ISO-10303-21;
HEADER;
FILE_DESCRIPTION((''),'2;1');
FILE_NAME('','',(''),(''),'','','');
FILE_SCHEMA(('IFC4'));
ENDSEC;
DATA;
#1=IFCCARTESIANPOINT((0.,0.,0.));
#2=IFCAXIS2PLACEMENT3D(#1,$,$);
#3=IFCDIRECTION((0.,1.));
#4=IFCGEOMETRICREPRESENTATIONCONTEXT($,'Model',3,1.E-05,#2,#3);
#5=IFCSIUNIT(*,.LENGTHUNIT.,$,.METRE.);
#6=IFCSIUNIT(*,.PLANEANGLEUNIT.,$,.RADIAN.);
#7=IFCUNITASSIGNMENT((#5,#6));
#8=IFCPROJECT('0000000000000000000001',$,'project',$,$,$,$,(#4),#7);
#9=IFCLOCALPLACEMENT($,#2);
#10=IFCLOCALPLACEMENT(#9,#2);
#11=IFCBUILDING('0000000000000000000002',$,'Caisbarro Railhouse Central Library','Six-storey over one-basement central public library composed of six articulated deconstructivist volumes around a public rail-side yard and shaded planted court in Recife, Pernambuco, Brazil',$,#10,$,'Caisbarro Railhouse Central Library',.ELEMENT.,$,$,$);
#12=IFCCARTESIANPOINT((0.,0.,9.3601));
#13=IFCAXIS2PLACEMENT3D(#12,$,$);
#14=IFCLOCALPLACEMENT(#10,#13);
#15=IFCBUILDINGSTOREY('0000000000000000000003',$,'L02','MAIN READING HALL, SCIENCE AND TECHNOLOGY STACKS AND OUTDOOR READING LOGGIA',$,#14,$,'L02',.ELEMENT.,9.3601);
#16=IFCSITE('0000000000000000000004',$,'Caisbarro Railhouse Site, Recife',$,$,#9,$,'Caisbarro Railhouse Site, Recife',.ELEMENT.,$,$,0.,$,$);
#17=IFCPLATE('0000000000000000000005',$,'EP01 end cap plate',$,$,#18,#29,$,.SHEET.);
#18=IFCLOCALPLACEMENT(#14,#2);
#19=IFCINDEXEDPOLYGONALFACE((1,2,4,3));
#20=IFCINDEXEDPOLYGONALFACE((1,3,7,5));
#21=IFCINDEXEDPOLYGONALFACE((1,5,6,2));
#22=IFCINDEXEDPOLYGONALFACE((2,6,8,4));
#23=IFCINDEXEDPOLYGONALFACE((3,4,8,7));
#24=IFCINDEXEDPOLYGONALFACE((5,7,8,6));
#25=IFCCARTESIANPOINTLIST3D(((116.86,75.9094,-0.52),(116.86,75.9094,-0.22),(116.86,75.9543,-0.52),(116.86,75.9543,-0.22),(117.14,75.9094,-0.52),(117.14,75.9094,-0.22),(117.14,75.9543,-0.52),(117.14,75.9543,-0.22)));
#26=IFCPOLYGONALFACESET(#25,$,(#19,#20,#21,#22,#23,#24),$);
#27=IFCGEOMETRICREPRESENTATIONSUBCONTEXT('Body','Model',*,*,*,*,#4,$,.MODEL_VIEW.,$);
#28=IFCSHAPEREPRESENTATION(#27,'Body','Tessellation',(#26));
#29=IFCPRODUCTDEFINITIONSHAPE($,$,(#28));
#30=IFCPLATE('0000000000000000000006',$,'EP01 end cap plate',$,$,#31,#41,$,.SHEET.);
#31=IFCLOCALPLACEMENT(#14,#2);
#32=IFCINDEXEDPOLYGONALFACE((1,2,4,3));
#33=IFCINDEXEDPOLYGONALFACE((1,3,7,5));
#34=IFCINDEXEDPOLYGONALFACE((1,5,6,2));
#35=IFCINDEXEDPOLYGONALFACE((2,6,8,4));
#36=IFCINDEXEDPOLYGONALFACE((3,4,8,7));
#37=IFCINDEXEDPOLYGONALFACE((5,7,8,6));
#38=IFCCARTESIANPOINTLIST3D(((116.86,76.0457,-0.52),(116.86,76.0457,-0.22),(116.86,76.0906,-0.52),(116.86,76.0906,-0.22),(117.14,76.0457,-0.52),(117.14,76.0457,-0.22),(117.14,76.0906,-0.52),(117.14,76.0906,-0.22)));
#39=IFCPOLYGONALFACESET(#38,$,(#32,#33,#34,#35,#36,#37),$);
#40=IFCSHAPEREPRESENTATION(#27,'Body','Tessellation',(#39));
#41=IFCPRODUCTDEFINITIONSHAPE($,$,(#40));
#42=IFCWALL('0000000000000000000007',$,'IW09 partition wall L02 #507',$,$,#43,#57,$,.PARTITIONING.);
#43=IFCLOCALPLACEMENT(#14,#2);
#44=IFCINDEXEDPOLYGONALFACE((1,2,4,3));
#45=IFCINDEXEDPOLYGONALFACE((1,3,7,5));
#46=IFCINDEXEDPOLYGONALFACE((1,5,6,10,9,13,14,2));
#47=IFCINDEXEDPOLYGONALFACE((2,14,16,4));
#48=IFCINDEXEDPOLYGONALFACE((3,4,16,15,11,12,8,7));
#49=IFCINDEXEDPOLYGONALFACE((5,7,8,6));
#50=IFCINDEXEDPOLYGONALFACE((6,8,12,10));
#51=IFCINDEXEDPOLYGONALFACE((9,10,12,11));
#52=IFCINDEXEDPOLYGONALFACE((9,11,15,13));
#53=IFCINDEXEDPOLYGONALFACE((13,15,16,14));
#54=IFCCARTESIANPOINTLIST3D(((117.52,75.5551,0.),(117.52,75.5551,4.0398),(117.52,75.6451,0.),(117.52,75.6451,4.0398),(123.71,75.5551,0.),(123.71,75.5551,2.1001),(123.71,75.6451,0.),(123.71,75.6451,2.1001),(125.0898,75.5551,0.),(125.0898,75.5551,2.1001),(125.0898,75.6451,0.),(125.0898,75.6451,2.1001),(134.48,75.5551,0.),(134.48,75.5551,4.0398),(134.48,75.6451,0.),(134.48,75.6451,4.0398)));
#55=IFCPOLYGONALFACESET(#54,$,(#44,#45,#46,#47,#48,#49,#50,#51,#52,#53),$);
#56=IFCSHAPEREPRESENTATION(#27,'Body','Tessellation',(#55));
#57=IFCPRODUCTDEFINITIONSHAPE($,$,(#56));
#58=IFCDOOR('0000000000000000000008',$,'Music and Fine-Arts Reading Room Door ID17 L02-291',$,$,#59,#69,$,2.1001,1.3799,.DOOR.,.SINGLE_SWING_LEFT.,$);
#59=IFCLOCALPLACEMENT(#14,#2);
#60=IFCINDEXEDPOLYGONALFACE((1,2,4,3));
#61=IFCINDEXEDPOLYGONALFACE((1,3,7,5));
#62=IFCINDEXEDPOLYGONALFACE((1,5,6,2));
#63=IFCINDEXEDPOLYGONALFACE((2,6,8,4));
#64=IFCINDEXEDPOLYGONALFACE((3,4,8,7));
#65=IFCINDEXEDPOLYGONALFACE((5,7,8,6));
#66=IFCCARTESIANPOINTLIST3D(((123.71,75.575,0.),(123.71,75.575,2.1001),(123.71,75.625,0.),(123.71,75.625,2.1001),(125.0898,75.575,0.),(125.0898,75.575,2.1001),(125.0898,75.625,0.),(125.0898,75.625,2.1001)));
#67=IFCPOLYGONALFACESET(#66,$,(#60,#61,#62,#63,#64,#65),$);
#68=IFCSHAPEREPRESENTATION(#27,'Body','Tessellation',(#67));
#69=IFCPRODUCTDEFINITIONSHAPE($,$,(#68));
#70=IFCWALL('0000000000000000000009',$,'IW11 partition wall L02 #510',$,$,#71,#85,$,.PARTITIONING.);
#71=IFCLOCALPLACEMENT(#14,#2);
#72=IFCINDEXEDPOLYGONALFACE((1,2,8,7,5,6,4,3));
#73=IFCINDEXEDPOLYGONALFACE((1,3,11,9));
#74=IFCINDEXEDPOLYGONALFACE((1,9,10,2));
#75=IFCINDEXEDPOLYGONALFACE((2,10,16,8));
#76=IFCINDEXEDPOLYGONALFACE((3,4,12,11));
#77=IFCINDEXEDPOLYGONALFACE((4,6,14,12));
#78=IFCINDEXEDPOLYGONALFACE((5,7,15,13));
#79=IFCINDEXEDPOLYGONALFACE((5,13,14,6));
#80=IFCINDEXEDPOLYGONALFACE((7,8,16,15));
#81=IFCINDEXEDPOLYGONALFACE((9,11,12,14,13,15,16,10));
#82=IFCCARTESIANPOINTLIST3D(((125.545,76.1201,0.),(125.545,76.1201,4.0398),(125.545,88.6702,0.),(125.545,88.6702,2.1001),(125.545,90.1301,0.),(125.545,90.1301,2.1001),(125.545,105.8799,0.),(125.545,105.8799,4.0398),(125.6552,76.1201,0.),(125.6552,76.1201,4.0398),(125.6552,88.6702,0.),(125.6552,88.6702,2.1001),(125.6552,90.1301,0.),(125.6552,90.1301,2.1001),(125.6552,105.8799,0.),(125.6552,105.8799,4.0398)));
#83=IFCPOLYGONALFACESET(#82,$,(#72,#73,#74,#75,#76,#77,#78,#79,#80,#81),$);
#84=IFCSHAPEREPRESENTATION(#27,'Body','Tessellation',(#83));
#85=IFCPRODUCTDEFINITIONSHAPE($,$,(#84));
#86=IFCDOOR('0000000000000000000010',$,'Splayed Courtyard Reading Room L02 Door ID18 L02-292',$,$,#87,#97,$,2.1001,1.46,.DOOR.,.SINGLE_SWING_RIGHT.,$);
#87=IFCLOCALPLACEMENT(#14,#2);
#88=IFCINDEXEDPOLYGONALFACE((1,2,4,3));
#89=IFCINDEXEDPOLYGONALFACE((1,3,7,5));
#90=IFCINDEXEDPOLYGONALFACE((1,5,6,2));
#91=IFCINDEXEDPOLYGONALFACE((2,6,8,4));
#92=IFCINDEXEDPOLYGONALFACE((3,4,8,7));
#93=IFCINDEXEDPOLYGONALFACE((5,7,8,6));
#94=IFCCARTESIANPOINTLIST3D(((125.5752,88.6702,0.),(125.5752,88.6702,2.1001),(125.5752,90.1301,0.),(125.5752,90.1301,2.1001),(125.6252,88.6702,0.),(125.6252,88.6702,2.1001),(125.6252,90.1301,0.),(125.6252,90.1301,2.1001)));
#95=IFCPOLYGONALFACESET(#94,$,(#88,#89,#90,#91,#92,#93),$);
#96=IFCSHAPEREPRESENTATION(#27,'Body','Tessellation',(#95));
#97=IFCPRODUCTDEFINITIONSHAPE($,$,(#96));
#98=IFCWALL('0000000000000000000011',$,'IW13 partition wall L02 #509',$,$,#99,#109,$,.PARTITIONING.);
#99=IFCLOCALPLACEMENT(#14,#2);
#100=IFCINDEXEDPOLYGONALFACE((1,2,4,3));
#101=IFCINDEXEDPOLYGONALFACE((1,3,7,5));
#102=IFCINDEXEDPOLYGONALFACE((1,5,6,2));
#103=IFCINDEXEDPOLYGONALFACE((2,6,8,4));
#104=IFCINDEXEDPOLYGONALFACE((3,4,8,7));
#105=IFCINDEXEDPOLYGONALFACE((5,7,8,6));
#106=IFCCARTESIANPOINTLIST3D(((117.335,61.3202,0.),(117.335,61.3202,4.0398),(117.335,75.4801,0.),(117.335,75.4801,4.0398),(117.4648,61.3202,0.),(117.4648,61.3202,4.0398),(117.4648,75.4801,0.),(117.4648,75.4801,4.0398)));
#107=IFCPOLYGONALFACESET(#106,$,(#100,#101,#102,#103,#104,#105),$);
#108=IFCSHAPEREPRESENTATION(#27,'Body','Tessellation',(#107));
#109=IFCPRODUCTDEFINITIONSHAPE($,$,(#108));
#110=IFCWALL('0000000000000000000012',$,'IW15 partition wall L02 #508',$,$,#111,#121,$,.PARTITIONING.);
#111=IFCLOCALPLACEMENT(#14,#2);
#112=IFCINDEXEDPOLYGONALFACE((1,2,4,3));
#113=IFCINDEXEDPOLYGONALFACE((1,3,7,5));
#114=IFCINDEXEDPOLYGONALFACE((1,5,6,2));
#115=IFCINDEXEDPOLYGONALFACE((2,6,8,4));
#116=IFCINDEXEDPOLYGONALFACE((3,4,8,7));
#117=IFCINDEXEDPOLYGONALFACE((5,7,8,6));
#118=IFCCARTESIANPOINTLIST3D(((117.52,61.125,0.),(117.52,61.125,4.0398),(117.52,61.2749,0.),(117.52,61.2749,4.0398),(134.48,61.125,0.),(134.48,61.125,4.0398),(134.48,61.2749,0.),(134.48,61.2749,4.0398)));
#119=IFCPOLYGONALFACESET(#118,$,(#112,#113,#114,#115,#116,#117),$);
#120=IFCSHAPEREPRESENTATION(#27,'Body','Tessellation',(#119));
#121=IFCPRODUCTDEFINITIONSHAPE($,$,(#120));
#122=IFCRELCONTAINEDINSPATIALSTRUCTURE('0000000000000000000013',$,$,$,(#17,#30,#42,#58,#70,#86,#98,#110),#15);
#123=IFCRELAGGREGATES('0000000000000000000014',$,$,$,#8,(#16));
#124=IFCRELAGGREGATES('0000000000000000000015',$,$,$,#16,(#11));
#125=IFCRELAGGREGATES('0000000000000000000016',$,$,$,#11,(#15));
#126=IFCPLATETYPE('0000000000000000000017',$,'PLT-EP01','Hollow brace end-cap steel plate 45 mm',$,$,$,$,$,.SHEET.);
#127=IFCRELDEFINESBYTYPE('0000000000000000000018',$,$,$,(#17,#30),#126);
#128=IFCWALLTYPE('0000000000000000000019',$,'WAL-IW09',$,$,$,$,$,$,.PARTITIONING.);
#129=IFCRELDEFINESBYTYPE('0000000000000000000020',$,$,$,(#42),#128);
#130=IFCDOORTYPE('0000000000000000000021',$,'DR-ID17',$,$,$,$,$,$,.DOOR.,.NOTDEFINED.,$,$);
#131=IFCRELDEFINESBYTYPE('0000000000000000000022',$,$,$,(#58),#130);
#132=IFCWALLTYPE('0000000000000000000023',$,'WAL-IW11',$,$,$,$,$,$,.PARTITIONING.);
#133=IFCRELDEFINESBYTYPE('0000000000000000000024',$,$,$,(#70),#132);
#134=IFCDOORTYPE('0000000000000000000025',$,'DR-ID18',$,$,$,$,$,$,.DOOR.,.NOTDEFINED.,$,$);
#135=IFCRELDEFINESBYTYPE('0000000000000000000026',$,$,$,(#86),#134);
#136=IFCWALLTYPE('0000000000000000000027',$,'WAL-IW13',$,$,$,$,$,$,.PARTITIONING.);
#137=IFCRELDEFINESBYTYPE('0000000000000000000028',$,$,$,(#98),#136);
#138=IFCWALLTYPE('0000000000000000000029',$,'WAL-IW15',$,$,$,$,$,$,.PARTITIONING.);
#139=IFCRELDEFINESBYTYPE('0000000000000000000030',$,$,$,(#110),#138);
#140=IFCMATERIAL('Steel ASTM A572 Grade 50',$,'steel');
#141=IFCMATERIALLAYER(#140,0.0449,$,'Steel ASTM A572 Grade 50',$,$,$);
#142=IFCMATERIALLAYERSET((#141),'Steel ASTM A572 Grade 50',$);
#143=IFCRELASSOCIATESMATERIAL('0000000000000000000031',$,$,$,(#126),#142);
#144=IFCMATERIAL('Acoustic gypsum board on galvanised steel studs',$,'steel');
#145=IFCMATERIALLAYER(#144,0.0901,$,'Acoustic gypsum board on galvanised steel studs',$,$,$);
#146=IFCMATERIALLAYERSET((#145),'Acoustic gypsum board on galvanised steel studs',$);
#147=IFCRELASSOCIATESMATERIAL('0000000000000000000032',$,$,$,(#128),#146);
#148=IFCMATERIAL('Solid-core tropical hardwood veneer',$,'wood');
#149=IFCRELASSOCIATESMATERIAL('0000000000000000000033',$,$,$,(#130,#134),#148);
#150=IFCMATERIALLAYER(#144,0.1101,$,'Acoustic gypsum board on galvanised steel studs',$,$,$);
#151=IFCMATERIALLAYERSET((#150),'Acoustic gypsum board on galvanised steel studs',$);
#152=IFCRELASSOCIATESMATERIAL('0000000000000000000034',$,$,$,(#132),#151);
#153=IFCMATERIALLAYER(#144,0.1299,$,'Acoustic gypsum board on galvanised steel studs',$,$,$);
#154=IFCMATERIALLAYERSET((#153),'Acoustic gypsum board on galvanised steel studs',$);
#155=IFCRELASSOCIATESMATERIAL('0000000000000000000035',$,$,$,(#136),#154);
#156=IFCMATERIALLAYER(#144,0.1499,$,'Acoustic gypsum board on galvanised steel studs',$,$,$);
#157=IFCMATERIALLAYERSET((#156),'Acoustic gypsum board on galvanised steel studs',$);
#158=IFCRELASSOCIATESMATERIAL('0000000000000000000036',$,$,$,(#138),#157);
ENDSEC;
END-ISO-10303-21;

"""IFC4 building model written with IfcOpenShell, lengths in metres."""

from ifc_helpers import new_model, si_unit, direction, frame, frame_2d, origin, origin_2d, place, context, subcontext, project, spatial, rectangle, extrude, material, layer, layer_set, type_object, element, fill, save


model = new_model("IFC4")

# Units and contexts
model_context = context("Model", 3, precision=1e-05, world=origin(), true_north=direction((0.0, 1.0)))
body_context = subcontext(model_context, "Body", "Model", "MODEL_VIEW")
ifc_project = project(units=[si_unit("LENGTHUNIT", "METRE"), si_unit("PLANEANGLEUNIT", "RADIAN")], contexts=[model_context])

# Site, building, storey
site_placement = place(None, origin())
site = spatial("IfcSite", under=ifc_project, at=site_placement, Name="Caisbarro Railhouse Site, Recife", LongName="Caisbarro Railhouse Site, Recife", CompositionType="ELEMENT", RefElevation=0.0)
building_placement = place(site_placement, origin())
building = spatial("IfcBuilding", under=site, at=building_placement, Name="Caisbarro Railhouse Central Library", Description="Six-storey over one-basement central public library composed of six articulated deconstructivist volumes around a public rail-side yard and shaded planted court in Recife, Pernambuco, Brazil", LongName="Caisbarro Railhouse Central Library", CompositionType="ELEMENT")
storey_placement = place(building_placement, frame((0.0, 0.0, 9.3601)))
storey = spatial("IfcBuildingStorey", under=building, at=storey_placement, Name="L02", Description="MAIN READING HALL, SCIENCE AND TECHNOLOGY STACKS AND OUTDOOR READING LOGGIA", LongName="L02", CompositionType="ELEMENT", Elevation=9.3601)

# Shared definitions
ifc_material_1 = material(Name="Steel ASTM A572 Grade 50", Category="steel")

# Plates
ifc_layer_1 = layer(ifc_material_1, 0.0449, Name="Steel ASTM A572 Grade 50")
ifc_layer_set_1 = layer_set([ifc_layer_1], Name="Steel ASTM A572 Grade 50")
plate_type = type_object("IfcPlateType", Name="PLT-EP01", Description="Hollow brace end-cap steel plate 45 mm", PredefinedType="SHEET", material=ifc_layer_set_1)
for number, where, z_axis, x_axis, name in (
    (1, (117.0, 75.9319, -0.52), (0.0, 0.0, 1.0), (0.0, 1.0, 0.0), "EP01 end cap plate"),
    (2, (117.0, 76.0681, -0.52), (0.0, 0.0, 1.0), (0.0, 1.0, 0.0), "EP01 end cap plate"),
):
    element("IfcPlate", number, at=place(storey_placement, frame(where, z_axis=z_axis, x_axis=x_axis)), inside=storey, type_object=plate_type, Name=name, PredefinedType="SHEET", context=body_context, shape_type="SweptSolid", body=[
        extrude(rectangle(XDim=0.0449, YDim=0.28, at=origin_2d()), origin(), (0.0, 0.0, 1.0), 0.3),
    ])

# Walls, openings, doors
ifc_material_2 = material(Name="Acoustic gypsum board on galvanised steel studs", Category="steel")
ifc_layer_2 = layer(ifc_material_2, 0.0901, Name="Acoustic gypsum board on galvanised steel studs")
ifc_layer_set_2 = layer_set([ifc_layer_2], Name="Acoustic gypsum board on galvanised steel studs")
wall_type_1 = type_object("IfcWallType", Name="WAL-IW09", PredefinedType="PARTITIONING", material=ifc_layer_set_2)
wall_1_placement = place(storey_placement, frame((117.52, 75.6001, 0.0), z_axis=(0.0, 0.0, 1.0), x_axis=(1.0, 0.0, 0.0)))
wall_1 = element("IfcWall", 3, at=wall_1_placement, inside=storey, type_object=wall_type_1, Name="IW09 partition wall L02 #507", PredefinedType="PARTITIONING", context=body_context, shape_type="SweptSolid", body=[
    extrude(rectangle(XDim=16.96, YDim=0.0901, at=frame_2d((8.48, 0.0))), origin(), (0.0, 0.0, 1.0), 4.0398),
])
opening_1_placement = place(wall_1_placement, frame((6.1899, 0.0, 0.0)))
opening_1 = element("IfcOpeningElement", 4, at=opening_1_placement, cuts=wall_1, PredefinedType="OPENING", context=body_context, shape_type="SweptSolid", body=[
    extrude(rectangle(XDim=1.3799, YDim=2.1001, at=frame_2d((0.6899, 1.05))), frame((0.0, 0.0552, 0.0), z_axis=(0.0, -1.0, 0.0), x_axis=(1.0, 0.0, 0.0)), (0.0, 0.0, 1.0), 0.1101),
])
ifc_material_3 = material(Name="Solid-core tropical hardwood veneer", Category="wood")
door_type_1 = type_object("IfcDoorType", Name="DR-ID17", OperationType="NOTDEFINED", PredefinedType="DOOR", material=ifc_material_3)
door_1_placement = place(opening_1_placement, origin())
door_1 = element("IfcDoor", 5, at=door_1_placement, inside=storey, type_object=door_type_1, Name="Music and Fine-Arts Reading Room Door ID17 L02-291", OperationType="SINGLE_SWING_LEFT", OverallHeight=2.1001, OverallWidth=1.3799, PredefinedType="DOOR", context=body_context, shape_type="SweptSolid", body=[
    extrude(rectangle(XDim=1.3799, YDim=2.1001, at=frame_2d((0.6899, 1.05))), frame((0.0, 0.0249, 0.0), z_axis=(0.0, -1.0, 0.0), x_axis=(1.0, 0.0, 0.0)), (0.0, 0.0, 1.0), 0.05),
])
fill(opening_1, door_1)
ifc_layer_3 = layer(ifc_material_2, 0.1101, Name="Acoustic gypsum board on galvanised steel studs")
ifc_layer_set_3 = layer_set([ifc_layer_3], Name="Acoustic gypsum board on galvanised steel studs")
wall_type_2 = type_object("IfcWallType", Name="WAL-IW11", PredefinedType="PARTITIONING", material=ifc_layer_set_3)
wall_2_placement = place(storey_placement, frame((125.6001, 76.1201, 0.0), z_axis=(0.0, 0.0, 1.0), x_axis=(0.0, 1.0, 0.0)))
wall_2 = element("IfcWall", 6, at=wall_2_placement, inside=storey, type_object=wall_type_2, Name="IW11 partition wall L02 #510", PredefinedType="PARTITIONING", context=body_context, shape_type="SweptSolid", body=[
    extrude(rectangle(XDim=29.7598, YDim=0.1101, at=frame_2d((14.8799, 0.0))), origin(), (0.0, 0.0, 1.0), 4.0398),
])
opening_2_placement = place(wall_2_placement, frame((12.55, 0.0, 0.0)))
opening_2 = element("IfcOpeningElement", 7, at=opening_2_placement, cuts=wall_2, PredefinedType="OPENING", context=body_context, shape_type="SweptSolid", body=[
    extrude(rectangle(XDim=1.46, YDim=2.1001, at=frame_2d((0.73, 1.05))), frame((0.0, 0.0649, 0.0), z_axis=(0.0, -1.0, 0.0), x_axis=(1.0, 0.0, 0.0)), (0.0, 0.0, 1.0), 0.1301),
])
door_type_2 = type_object("IfcDoorType", Name="DR-ID18", OperationType="NOTDEFINED", PredefinedType="DOOR", material=ifc_material_3)
door_2_placement = place(opening_2_placement, origin())
door_2 = element("IfcDoor", 8, at=door_2_placement, inside=storey, type_object=door_type_2, Name="Splayed Courtyard Reading Room L02 Door ID18 L02-292", OperationType="SINGLE_SWING_RIGHT", OverallHeight=2.1001, OverallWidth=1.46, PredefinedType="DOOR", context=body_context, shape_type="SweptSolid", body=[
    extrude(rectangle(XDim=1.46, YDim=2.1001, at=frame_2d((0.73, 1.05))), frame((0.0, 0.0249, 0.0), z_axis=(0.0, -1.0, 0.0), x_axis=(1.0, 0.0, 0.0)), (0.0, 0.0, 1.0), 0.05),
])
fill(opening_2, door_2)

# Walls
ifc_layer_4 = layer(ifc_material_2, 0.1299, Name="Acoustic gypsum board on galvanised steel studs")
ifc_layer_set_4 = layer_set([ifc_layer_4], Name="Acoustic gypsum board on galvanised steel studs")
wall_type_3 = type_object("IfcWallType", Name="WAL-IW13", PredefinedType="PARTITIONING", material=ifc_layer_set_4)
wall_3_placement = place(storey_placement, frame((117.3999, 61.3201, 0.0), z_axis=(0.0, 0.0, 1.0), x_axis=(0.0, 1.0, 0.0)))
element("IfcWall", 9, at=wall_3_placement, inside=storey, type_object=wall_type_3, Name="IW13 partition wall L02 #509", PredefinedType="PARTITIONING", context=body_context, shape_type="SweptSolid", body=[
    extrude(rectangle(XDim=14.1599, YDim=0.1299, at=frame_2d((7.0801, 0.0))), origin(), (0.0, 0.0, 1.0), 4.0398),
])
ifc_layer_5 = layer(ifc_material_2, 0.1499, Name="Acoustic gypsum board on galvanised steel studs")
ifc_layer_set_5 = layer_set([ifc_layer_5], Name="Acoustic gypsum board on galvanised steel studs")
wall_type_4 = type_object("IfcWallType", Name="WAL-IW15", PredefinedType="PARTITIONING", material=ifc_layer_set_5)
wall_4_placement = place(storey_placement, frame((117.52, 61.2, 0.0), z_axis=(0.0, 0.0, 1.0), x_axis=(1.0, 0.0, 0.0)))
element("IfcWall", 10, at=wall_4_placement, inside=storey, type_object=wall_type_4, Name="IW15 partition wall L02 #508", PredefinedType="PARTITIONING", context=body_context, shape_type="SweptSolid", body=[
    extrude(rectangle(XDim=16.96, YDim=0.1499, at=frame_2d((8.48, 0.0))), origin(), (0.0, 0.0, 1.0), 4.0398),
])

save(model, "model.ifc")
